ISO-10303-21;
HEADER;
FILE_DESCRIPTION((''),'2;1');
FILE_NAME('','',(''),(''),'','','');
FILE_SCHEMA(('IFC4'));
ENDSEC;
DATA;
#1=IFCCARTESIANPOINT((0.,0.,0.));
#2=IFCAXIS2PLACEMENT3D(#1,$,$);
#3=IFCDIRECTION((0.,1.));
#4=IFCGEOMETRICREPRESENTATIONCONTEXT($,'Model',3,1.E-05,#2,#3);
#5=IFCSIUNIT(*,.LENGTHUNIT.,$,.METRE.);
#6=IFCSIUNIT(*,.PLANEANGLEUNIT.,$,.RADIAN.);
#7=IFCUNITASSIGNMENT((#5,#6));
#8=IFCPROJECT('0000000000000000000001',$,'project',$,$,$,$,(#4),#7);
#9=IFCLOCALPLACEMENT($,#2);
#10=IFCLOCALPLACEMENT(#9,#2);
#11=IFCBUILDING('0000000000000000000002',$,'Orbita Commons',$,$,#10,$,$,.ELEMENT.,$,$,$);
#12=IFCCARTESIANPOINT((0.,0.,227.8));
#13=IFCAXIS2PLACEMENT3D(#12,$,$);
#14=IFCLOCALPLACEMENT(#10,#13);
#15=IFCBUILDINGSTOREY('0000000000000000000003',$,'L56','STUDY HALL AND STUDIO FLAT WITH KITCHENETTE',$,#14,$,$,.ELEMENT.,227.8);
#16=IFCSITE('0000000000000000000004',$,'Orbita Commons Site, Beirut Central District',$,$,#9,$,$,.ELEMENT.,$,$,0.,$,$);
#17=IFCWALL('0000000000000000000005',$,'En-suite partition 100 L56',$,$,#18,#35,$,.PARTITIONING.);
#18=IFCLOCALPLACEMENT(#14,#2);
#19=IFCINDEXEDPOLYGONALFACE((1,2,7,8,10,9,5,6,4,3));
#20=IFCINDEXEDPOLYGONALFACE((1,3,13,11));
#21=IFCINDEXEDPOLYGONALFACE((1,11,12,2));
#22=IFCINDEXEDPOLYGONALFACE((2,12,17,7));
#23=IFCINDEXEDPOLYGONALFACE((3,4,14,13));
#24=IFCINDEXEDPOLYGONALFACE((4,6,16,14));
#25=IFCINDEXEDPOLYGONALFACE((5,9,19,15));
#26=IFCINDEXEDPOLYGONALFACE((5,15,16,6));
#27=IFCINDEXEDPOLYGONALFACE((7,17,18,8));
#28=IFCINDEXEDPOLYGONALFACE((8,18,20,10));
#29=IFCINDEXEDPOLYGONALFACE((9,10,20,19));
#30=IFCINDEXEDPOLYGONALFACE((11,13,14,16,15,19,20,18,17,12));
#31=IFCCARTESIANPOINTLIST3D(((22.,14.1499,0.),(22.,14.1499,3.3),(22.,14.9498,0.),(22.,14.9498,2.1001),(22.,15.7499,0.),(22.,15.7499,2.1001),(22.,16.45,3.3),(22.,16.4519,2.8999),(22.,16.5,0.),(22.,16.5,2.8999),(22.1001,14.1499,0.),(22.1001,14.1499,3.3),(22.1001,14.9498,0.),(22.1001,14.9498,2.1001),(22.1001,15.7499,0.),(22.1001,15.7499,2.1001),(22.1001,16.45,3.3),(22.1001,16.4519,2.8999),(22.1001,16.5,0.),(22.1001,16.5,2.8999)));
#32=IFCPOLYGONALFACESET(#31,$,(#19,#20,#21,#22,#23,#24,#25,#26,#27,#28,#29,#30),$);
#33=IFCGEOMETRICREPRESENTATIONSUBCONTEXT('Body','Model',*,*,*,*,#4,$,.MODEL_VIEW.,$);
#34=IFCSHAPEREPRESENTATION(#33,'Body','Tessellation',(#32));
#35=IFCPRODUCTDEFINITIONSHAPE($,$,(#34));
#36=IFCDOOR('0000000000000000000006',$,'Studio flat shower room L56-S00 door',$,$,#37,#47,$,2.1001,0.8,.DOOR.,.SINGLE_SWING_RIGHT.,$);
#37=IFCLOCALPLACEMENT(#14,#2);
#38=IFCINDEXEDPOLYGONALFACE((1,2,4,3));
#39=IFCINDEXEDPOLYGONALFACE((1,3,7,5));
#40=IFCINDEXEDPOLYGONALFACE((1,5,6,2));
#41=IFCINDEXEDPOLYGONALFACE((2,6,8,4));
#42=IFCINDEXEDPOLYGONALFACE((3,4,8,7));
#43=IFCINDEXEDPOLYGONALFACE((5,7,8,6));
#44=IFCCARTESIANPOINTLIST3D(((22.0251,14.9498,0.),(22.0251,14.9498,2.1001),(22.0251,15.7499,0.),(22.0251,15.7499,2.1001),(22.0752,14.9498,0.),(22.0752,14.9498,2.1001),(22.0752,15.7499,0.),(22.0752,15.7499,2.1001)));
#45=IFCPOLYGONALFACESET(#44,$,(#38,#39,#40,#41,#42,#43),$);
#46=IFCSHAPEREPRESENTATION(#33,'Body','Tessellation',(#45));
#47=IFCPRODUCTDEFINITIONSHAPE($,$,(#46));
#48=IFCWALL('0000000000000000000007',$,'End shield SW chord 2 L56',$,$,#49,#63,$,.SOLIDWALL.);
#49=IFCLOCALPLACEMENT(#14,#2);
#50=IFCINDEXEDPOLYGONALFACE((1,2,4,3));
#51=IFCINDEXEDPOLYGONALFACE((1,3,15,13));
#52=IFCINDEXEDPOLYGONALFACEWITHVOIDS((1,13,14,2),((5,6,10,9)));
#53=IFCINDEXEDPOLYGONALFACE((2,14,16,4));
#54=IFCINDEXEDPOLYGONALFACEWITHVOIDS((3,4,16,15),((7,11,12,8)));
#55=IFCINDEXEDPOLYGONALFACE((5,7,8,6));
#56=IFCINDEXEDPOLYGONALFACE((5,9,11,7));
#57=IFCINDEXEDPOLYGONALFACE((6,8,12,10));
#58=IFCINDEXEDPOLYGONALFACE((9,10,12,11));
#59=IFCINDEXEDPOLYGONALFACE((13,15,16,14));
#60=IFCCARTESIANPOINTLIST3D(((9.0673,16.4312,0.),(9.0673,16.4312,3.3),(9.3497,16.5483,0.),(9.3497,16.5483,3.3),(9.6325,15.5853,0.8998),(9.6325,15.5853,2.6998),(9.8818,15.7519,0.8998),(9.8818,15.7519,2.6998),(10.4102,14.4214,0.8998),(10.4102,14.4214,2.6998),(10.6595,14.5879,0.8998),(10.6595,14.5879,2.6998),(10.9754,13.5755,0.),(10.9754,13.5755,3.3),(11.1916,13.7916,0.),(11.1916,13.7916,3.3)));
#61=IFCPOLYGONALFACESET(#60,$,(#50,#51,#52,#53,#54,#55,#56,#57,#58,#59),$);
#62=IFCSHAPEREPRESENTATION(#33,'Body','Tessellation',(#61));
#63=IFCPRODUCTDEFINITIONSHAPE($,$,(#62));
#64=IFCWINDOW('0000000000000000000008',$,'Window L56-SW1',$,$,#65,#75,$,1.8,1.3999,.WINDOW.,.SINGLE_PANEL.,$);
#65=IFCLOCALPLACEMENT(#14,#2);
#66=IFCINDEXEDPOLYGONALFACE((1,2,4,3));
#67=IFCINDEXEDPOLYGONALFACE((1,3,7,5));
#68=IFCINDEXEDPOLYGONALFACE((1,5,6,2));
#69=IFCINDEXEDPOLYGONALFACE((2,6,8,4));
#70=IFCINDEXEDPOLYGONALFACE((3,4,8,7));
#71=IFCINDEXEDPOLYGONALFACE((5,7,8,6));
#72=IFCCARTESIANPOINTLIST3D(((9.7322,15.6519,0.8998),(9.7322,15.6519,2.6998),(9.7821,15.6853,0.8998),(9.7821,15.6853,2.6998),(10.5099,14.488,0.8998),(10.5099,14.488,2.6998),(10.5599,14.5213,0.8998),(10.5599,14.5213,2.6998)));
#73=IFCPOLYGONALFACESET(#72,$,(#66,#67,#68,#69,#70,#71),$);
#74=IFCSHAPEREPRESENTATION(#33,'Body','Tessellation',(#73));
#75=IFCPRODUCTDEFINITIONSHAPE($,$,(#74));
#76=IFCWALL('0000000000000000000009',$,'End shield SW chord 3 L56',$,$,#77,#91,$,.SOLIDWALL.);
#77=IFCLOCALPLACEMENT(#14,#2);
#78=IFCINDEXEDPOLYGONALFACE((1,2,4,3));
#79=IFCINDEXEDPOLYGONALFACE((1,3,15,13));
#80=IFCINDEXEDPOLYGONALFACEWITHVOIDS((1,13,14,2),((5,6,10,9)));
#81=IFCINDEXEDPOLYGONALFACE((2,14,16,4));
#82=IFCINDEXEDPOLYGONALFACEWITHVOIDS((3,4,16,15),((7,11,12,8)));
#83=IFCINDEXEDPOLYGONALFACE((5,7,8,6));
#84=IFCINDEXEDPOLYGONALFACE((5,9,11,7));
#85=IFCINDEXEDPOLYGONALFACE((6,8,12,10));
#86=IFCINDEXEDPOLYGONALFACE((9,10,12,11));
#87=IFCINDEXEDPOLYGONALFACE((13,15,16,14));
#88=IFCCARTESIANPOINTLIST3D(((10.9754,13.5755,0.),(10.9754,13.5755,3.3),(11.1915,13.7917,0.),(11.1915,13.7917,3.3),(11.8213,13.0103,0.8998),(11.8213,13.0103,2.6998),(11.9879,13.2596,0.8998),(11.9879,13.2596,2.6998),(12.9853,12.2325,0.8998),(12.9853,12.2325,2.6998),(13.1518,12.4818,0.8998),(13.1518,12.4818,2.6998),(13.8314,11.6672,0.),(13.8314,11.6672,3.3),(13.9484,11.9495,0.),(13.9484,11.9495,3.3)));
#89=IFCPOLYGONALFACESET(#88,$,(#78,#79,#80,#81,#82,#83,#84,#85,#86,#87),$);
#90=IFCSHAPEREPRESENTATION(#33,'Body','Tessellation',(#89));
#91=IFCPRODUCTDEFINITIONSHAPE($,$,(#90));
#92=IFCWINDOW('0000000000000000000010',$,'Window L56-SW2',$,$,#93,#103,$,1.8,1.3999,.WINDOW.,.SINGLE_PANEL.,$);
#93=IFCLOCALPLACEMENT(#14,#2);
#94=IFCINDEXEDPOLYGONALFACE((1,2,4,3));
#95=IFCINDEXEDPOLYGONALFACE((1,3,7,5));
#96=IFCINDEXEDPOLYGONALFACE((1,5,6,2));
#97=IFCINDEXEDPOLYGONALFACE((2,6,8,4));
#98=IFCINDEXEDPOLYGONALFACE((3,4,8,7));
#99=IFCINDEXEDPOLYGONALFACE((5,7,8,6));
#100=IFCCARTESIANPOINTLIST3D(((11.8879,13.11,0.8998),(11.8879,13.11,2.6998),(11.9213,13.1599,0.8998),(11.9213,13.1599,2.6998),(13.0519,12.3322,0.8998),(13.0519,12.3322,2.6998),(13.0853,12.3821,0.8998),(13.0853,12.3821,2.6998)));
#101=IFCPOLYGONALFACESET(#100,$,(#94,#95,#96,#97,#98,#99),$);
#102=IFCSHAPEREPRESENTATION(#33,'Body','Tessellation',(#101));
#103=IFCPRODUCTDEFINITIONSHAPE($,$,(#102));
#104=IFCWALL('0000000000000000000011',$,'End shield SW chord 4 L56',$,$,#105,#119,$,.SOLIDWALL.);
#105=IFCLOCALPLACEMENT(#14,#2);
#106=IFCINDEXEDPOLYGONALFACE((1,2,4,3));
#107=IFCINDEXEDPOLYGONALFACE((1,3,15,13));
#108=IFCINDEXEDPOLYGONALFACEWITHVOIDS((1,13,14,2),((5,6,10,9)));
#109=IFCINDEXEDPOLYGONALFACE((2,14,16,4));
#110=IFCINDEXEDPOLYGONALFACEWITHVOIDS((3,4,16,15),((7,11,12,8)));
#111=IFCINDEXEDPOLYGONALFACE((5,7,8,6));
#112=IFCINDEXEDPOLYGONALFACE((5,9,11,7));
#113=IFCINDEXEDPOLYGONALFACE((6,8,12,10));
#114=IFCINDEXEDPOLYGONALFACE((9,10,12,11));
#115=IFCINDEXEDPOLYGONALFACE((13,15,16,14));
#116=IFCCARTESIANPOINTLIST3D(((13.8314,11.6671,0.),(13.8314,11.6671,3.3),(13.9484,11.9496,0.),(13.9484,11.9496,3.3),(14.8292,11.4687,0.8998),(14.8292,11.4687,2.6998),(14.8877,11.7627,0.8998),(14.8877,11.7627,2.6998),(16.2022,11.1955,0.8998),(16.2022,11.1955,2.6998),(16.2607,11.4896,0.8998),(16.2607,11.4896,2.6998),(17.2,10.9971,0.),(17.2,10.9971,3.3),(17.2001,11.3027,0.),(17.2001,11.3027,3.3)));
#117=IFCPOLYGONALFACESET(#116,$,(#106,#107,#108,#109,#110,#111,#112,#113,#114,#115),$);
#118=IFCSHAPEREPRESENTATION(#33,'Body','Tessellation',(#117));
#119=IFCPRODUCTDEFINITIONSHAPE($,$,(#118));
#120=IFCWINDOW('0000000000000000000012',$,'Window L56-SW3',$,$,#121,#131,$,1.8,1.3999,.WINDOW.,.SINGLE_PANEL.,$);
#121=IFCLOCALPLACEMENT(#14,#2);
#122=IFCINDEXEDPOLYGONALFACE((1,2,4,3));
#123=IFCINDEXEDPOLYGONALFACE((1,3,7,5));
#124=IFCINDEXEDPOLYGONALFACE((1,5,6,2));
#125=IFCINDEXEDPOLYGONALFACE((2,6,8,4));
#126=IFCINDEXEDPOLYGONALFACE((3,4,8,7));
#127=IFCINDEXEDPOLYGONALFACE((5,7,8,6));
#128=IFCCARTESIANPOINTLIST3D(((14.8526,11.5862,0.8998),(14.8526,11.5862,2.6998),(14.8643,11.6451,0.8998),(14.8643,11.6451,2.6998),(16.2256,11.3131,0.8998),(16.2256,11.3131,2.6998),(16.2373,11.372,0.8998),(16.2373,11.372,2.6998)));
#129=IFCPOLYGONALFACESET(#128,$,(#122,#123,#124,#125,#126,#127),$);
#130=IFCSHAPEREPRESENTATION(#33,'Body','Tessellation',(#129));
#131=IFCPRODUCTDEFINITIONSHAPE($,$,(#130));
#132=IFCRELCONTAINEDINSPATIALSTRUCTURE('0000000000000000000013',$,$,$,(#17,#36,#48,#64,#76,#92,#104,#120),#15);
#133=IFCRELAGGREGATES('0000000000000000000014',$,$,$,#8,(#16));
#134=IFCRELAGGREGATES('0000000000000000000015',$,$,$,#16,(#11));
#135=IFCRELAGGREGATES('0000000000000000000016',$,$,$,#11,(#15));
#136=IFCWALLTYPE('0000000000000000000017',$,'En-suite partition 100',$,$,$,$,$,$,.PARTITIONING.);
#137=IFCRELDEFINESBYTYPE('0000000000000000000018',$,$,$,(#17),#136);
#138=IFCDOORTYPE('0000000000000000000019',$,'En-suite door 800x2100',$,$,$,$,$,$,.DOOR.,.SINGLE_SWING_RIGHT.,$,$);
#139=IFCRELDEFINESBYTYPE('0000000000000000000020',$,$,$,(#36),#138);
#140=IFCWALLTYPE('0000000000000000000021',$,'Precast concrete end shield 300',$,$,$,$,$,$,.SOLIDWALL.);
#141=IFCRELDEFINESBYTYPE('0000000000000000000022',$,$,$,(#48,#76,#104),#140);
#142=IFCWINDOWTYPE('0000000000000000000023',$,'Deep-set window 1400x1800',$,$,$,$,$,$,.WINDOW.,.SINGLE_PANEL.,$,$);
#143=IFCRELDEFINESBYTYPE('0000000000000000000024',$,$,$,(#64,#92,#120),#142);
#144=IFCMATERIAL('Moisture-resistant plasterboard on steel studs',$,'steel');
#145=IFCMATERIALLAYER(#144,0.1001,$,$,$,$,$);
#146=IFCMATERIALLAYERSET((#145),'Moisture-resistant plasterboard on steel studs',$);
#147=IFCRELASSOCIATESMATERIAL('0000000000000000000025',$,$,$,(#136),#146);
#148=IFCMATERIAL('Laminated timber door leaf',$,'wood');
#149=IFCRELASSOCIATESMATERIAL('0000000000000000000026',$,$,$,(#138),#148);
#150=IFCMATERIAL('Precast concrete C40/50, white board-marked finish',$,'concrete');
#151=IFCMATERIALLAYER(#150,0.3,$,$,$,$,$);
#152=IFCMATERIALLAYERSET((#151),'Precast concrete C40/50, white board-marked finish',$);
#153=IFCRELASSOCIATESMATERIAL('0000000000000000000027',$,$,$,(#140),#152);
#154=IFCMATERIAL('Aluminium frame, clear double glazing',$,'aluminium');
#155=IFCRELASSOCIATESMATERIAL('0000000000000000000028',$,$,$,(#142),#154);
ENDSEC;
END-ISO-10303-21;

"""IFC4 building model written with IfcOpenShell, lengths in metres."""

from ifc_helpers import new_model, si_unit, direction, frame, frame_2d, origin, place, context, subcontext, project, spatial, polyline, rectangle, outline, extrude, material, layer, layer_set, type_object, element, fill, save


model = new_model("IFC4")

# Units and contexts
model_context = context("Model", 3, precision=1e-05, world=origin(), true_north=direction((0.0, 1.0)))
body_context = subcontext(model_context, "Body", "Model", "MODEL_VIEW")
ifc_project = project(units=[si_unit("LENGTHUNIT", "METRE"), si_unit("PLANEANGLEUNIT", "RADIAN")], contexts=[model_context])

# Site, building, storey
site_placement = place(None, origin())
site = spatial("IfcSite", under=ifc_project, at=site_placement, Name="Orbita Commons Site, Beirut Central District", CompositionType="ELEMENT", RefElevation=0.0)
building_placement = place(site_placement, origin())
building = spatial("IfcBuilding", under=site, at=building_placement, Name="Orbita Commons", CompositionType="ELEMENT")
storey_placement = place(building_placement, frame((0.0, 0.0, 227.8)))
storey = spatial("IfcBuildingStorey", under=building, at=storey_placement, Name="L56", Description="STUDY HALL AND STUDIO FLAT WITH KITCHENETTE", CompositionType="ELEMENT", Elevation=227.8)

# Shared definitions
ifc_material_1 = material(Name="Moisture-resistant plasterboard on steel studs", Category="steel")
ifc_layer_1 = layer(ifc_material_1, 0.1001)
ifc_layer_set_1 = layer_set([ifc_layer_1], Name="Moisture-resistant plasterboard on steel studs")
wall_type_1 = type_object("IfcWallType", Name="En-suite partition 100", PredefinedType="PARTITIONING", material=ifc_layer_set_1)
ifc_material_2 = material(Name="Laminated timber door leaf", Category="wood")
door_type_1 = type_object("IfcDoorType", Name="En-suite door 800x2100", OperationType="SINGLE_SWING_RIGHT", PredefinedType="DOOR", material=ifc_material_2)

# Wall, opening, door
wall_1_placement = place(storey_placement, frame((22.05, 14.1499, 0.0), z_axis=(0.0, 0.0, 1.0), x_axis=(0.0, 1.0, 0.0)))
wall_1 = element("IfcWall", 1, at=wall_1_placement, inside=storey, type_object=wall_type_1, Name="En-suite partition 100 L56", PredefinedType="PARTITIONING", context=body_context, shape_type="SweptSolid", body=[
    extrude(outline(polyline([(0.0, 0.0), (2.3501, 0.0), (2.3501, 2.8999), (2.302, 2.8999), (2.3, 3.3), (0.0, 3.3), (0.0, 0.0)])), frame((0.0, 0.05, 0.0), z_axis=(0.0, -1.0, 0.0), x_axis=(1.0, 0.0, 0.0)), (0.0, 0.0, 1.0), 0.1001),
])
opening_1_placement = place(wall_1_placement, frame((0.8, 0.0, 0.0)))
opening_1 = element("IfcOpeningElement", 2, at=opening_1_placement, cuts=wall_1, PredefinedType="OPENING", context=body_context, shape_type="SweptSolid", body=[
    extrude(rectangle(XDim=0.8, YDim=2.1001, at=frame_2d((0.3999, 1.05))), frame((0.0, 0.0601, 0.0), z_axis=(0.0, -1.0, 0.0), x_axis=(1.0, 0.0, 0.0)), (0.0, 0.0, 1.0), 0.1201),
])
door_1_placement = place(opening_1_placement, origin())
door_1 = element("IfcDoor", 3, at=door_1_placement, inside=storey, type_object=door_type_1, Name="Studio flat shower room L56-S00 door", OperationType="SINGLE_SWING_RIGHT", OverallHeight=2.1001, OverallWidth=0.8, PredefinedType="DOOR", context=body_context, shape_type="SweptSolid", body=[
    extrude(rectangle(XDim=0.8, YDim=2.1001, at=frame_2d((0.3999, 1.05))), frame((0.0, 0.0249, 0.0), z_axis=(0.0, -1.0, 0.0), x_axis=(1.0, 0.0, 0.0)), (0.0, 0.0, 1.0), 0.05),
])
fill(opening_1, door_1)

# Walls, openings, windows
ifc_material_3 = material(Name="Precast concrete C40/50, white board-marked finish", Category="concrete")
ifc_layer_2 = layer(ifc_material_3, 0.3)
ifc_layer_set_2 = layer_set([ifc_layer_2], Name="Precast concrete C40/50, white board-marked finish")
wall_type_2 = type_object("IfcWallType", Name="Precast concrete end shield 300", PredefinedType="SOLIDWALL", material=ifc_layer_set_2)
wall_2_placement = place(storey_placement, frame((9.2085, 16.4897, 0.0), z_axis=(0.0, 0.0, 1.0), x_axis=(0.555568, -0.831471, 0.0)))
wall_2 = element("IfcWall", 4, at=wall_2_placement, inside=storey, type_object=wall_type_2, Name="End shield SW chord 2 L56", PredefinedType="SOLIDWALL", context=body_context, shape_type="SweptSolid", body=[
    extrude(outline(polyline([(-0.0298, -0.1499), (3.4048, -0.1499), (3.3452, 0.1499), (0.0298, 0.1499), (-0.0298, -0.1499)])), origin(), (0.0, 0.0, 1.0), 3.3),
])
opening_2_placement = place(wall_2_placement, frame((0.9875, 0.0, 0.8999)))
opening_2 = element("IfcOpeningElement", 5, at=opening_2_placement, cuts=wall_2, PredefinedType="OPENING", context=body_context, shape_type="SweptSolid", body=[
    extrude(rectangle(XDim=1.3999, YDim=1.8, at=frame_2d((0.7, 0.8999))), frame((0.0, 0.1599, 0.0), z_axis=(0.0, -1.0, 0.0), x_axis=(1.0, 0.0, 0.0)), (0.0, 0.0, 1.0), 0.3201),
])
ifc_material_4 = material(Name="Aluminium frame, clear double glazing", Category="aluminium")
window_type = type_object("IfcWindowType", Name="Deep-set window 1400x1800", PartitioningType="SINGLE_PANEL", PredefinedType="WINDOW", material=ifc_material_4)
window_1_placement = place(opening_2_placement, origin())
window_1 = element("IfcWindow", 6, at=window_1_placement, inside=storey, type_object=window_type, Name="Window L56-SW1", OverallHeight=1.8, OverallWidth=1.3999, PartitioningType="SINGLE_PANEL", PredefinedType="WINDOW", context=body_context, shape_type="SweptSolid", body=[
    extrude(rectangle(XDim=1.3999, YDim=1.8, at=frame_2d((0.7, 0.8999))), frame((0.0, 0.03, 0.0), z_axis=(0.0, -1.0, 0.0), x_axis=(1.0, 0.0, 0.0)), (0.0, 0.0, 1.0), 0.0601),
])
fill(opening_2, window_1)
wall_3_placement = place(storey_placement, frame((11.0835, 13.6836, 0.0), z_axis=(0.0, 0.0, 1.0), x_axis=(0.83146, -0.555585, 0.0)))
wall_3 = element("IfcWall", 7, at=wall_3_placement, inside=storey, type_object=wall_type_2, Name="End shield SW chord 3 L56", PredefinedType="SOLIDWALL", context=body_context, shape_type="SweptSolid", body=[
    extrude(outline(polyline([(-0.0298, -0.1499), (3.405, -0.1499), (3.3455, 0.1499), (0.0298, 0.1499), (-0.0298, -0.1499)])), origin(), (0.0, 0.0, 1.0), 3.3),
])
opening_3_placement = place(wall_3_placement, frame((0.9875, 0.0, 0.8999)))
opening_3 = element("IfcOpeningElement", 8, at=opening_3_placement, cuts=wall_3, PredefinedType="OPENING", context=body_context, shape_type="SweptSolid", body=[
    extrude(rectangle(XDim=1.3999, YDim=1.8, at=frame_2d((0.7, 0.8999))), frame((0.0, 0.1599, 0.0), z_axis=(0.0, -1.0, 0.0), x_axis=(1.0, 0.0, 0.0)), (0.0, 0.0, 1.0), 0.3201),
])
window_2_placement = place(opening_3_placement, origin())
window_2 = element("IfcWindow", 9, at=window_2_placement, inside=storey, type_object=window_type, Name="Window L56-SW2", OverallHeight=1.8, OverallWidth=1.3999, PartitioningType="SINGLE_PANEL", PredefinedType="WINDOW", context=body_context, shape_type="SweptSolid", body=[
    extrude(rectangle(XDim=1.3999, YDim=1.8, at=frame_2d((0.7, 0.8999))), frame((0.0, 0.03, 0.0), z_axis=(0.0, -1.0, 0.0), x_axis=(1.0, 0.0, 0.0)), (0.0, 0.0, 1.0), 0.0601),
])
fill(opening_3, window_2)
wall_4_placement = place(storey_placement, frame((13.8899, 11.8083, 0.0), z_axis=(0.0, 0.0, 1.0), x_axis=(0.980783, -0.1951, 0.0)))
wall_4 = element("IfcWall", 10, at=wall_4_placement, inside=storey, type_object=wall_type_2, Name="End shield SW chord 4 L56", PredefinedType="SOLIDWALL", context=body_context, shape_type="SweptSolid", body=[
    extrude(outline(polyline([(-0.0298, -0.1499), (3.4048, -0.1499), (3.3452, 0.1499), (0.0298, 0.1499), (-0.0298, -0.1499)])), origin(), (0.0, 0.0, 1.0), 3.3),
])
opening_4_placement = place(wall_4_placement, frame((0.9875, 0.0, 0.8999)))
opening_4 = element("IfcOpeningElement", 11, at=opening_4_placement, cuts=wall_4, PredefinedType="OPENING", context=body_context, shape_type="SweptSolid", body=[
    extrude(rectangle(XDim=1.3999, YDim=1.8, at=frame_2d((0.7, 0.8999))), frame((0.0, 0.1599, 0.0), z_axis=(0.0, -1.0, 0.0), x_axis=(1.0, 0.0, 0.0)), (0.0, 0.0, 1.0), 0.3201),
])
window_3_placement = place(opening_4_placement, origin())
window_3 = element("IfcWindow", 12, at=window_3_placement, inside=storey, type_object=window_type, Name="Window L56-SW3", OverallHeight=1.8, OverallWidth=1.3999, PartitioningType="SINGLE_PANEL", PredefinedType="WINDOW", context=body_context, shape_type="SweptSolid", body=[
    extrude(rectangle(XDim=1.3999, YDim=1.8, at=frame_2d((0.7, 0.8999))), frame((0.0, 0.03, 0.0), z_axis=(0.0, -1.0, 0.0), x_axis=(1.0, 0.0, 0.0)), (0.0, 0.0, 1.0), 0.0601),
])
fill(opening_4, window_3)

save(model, "model.ifc")
